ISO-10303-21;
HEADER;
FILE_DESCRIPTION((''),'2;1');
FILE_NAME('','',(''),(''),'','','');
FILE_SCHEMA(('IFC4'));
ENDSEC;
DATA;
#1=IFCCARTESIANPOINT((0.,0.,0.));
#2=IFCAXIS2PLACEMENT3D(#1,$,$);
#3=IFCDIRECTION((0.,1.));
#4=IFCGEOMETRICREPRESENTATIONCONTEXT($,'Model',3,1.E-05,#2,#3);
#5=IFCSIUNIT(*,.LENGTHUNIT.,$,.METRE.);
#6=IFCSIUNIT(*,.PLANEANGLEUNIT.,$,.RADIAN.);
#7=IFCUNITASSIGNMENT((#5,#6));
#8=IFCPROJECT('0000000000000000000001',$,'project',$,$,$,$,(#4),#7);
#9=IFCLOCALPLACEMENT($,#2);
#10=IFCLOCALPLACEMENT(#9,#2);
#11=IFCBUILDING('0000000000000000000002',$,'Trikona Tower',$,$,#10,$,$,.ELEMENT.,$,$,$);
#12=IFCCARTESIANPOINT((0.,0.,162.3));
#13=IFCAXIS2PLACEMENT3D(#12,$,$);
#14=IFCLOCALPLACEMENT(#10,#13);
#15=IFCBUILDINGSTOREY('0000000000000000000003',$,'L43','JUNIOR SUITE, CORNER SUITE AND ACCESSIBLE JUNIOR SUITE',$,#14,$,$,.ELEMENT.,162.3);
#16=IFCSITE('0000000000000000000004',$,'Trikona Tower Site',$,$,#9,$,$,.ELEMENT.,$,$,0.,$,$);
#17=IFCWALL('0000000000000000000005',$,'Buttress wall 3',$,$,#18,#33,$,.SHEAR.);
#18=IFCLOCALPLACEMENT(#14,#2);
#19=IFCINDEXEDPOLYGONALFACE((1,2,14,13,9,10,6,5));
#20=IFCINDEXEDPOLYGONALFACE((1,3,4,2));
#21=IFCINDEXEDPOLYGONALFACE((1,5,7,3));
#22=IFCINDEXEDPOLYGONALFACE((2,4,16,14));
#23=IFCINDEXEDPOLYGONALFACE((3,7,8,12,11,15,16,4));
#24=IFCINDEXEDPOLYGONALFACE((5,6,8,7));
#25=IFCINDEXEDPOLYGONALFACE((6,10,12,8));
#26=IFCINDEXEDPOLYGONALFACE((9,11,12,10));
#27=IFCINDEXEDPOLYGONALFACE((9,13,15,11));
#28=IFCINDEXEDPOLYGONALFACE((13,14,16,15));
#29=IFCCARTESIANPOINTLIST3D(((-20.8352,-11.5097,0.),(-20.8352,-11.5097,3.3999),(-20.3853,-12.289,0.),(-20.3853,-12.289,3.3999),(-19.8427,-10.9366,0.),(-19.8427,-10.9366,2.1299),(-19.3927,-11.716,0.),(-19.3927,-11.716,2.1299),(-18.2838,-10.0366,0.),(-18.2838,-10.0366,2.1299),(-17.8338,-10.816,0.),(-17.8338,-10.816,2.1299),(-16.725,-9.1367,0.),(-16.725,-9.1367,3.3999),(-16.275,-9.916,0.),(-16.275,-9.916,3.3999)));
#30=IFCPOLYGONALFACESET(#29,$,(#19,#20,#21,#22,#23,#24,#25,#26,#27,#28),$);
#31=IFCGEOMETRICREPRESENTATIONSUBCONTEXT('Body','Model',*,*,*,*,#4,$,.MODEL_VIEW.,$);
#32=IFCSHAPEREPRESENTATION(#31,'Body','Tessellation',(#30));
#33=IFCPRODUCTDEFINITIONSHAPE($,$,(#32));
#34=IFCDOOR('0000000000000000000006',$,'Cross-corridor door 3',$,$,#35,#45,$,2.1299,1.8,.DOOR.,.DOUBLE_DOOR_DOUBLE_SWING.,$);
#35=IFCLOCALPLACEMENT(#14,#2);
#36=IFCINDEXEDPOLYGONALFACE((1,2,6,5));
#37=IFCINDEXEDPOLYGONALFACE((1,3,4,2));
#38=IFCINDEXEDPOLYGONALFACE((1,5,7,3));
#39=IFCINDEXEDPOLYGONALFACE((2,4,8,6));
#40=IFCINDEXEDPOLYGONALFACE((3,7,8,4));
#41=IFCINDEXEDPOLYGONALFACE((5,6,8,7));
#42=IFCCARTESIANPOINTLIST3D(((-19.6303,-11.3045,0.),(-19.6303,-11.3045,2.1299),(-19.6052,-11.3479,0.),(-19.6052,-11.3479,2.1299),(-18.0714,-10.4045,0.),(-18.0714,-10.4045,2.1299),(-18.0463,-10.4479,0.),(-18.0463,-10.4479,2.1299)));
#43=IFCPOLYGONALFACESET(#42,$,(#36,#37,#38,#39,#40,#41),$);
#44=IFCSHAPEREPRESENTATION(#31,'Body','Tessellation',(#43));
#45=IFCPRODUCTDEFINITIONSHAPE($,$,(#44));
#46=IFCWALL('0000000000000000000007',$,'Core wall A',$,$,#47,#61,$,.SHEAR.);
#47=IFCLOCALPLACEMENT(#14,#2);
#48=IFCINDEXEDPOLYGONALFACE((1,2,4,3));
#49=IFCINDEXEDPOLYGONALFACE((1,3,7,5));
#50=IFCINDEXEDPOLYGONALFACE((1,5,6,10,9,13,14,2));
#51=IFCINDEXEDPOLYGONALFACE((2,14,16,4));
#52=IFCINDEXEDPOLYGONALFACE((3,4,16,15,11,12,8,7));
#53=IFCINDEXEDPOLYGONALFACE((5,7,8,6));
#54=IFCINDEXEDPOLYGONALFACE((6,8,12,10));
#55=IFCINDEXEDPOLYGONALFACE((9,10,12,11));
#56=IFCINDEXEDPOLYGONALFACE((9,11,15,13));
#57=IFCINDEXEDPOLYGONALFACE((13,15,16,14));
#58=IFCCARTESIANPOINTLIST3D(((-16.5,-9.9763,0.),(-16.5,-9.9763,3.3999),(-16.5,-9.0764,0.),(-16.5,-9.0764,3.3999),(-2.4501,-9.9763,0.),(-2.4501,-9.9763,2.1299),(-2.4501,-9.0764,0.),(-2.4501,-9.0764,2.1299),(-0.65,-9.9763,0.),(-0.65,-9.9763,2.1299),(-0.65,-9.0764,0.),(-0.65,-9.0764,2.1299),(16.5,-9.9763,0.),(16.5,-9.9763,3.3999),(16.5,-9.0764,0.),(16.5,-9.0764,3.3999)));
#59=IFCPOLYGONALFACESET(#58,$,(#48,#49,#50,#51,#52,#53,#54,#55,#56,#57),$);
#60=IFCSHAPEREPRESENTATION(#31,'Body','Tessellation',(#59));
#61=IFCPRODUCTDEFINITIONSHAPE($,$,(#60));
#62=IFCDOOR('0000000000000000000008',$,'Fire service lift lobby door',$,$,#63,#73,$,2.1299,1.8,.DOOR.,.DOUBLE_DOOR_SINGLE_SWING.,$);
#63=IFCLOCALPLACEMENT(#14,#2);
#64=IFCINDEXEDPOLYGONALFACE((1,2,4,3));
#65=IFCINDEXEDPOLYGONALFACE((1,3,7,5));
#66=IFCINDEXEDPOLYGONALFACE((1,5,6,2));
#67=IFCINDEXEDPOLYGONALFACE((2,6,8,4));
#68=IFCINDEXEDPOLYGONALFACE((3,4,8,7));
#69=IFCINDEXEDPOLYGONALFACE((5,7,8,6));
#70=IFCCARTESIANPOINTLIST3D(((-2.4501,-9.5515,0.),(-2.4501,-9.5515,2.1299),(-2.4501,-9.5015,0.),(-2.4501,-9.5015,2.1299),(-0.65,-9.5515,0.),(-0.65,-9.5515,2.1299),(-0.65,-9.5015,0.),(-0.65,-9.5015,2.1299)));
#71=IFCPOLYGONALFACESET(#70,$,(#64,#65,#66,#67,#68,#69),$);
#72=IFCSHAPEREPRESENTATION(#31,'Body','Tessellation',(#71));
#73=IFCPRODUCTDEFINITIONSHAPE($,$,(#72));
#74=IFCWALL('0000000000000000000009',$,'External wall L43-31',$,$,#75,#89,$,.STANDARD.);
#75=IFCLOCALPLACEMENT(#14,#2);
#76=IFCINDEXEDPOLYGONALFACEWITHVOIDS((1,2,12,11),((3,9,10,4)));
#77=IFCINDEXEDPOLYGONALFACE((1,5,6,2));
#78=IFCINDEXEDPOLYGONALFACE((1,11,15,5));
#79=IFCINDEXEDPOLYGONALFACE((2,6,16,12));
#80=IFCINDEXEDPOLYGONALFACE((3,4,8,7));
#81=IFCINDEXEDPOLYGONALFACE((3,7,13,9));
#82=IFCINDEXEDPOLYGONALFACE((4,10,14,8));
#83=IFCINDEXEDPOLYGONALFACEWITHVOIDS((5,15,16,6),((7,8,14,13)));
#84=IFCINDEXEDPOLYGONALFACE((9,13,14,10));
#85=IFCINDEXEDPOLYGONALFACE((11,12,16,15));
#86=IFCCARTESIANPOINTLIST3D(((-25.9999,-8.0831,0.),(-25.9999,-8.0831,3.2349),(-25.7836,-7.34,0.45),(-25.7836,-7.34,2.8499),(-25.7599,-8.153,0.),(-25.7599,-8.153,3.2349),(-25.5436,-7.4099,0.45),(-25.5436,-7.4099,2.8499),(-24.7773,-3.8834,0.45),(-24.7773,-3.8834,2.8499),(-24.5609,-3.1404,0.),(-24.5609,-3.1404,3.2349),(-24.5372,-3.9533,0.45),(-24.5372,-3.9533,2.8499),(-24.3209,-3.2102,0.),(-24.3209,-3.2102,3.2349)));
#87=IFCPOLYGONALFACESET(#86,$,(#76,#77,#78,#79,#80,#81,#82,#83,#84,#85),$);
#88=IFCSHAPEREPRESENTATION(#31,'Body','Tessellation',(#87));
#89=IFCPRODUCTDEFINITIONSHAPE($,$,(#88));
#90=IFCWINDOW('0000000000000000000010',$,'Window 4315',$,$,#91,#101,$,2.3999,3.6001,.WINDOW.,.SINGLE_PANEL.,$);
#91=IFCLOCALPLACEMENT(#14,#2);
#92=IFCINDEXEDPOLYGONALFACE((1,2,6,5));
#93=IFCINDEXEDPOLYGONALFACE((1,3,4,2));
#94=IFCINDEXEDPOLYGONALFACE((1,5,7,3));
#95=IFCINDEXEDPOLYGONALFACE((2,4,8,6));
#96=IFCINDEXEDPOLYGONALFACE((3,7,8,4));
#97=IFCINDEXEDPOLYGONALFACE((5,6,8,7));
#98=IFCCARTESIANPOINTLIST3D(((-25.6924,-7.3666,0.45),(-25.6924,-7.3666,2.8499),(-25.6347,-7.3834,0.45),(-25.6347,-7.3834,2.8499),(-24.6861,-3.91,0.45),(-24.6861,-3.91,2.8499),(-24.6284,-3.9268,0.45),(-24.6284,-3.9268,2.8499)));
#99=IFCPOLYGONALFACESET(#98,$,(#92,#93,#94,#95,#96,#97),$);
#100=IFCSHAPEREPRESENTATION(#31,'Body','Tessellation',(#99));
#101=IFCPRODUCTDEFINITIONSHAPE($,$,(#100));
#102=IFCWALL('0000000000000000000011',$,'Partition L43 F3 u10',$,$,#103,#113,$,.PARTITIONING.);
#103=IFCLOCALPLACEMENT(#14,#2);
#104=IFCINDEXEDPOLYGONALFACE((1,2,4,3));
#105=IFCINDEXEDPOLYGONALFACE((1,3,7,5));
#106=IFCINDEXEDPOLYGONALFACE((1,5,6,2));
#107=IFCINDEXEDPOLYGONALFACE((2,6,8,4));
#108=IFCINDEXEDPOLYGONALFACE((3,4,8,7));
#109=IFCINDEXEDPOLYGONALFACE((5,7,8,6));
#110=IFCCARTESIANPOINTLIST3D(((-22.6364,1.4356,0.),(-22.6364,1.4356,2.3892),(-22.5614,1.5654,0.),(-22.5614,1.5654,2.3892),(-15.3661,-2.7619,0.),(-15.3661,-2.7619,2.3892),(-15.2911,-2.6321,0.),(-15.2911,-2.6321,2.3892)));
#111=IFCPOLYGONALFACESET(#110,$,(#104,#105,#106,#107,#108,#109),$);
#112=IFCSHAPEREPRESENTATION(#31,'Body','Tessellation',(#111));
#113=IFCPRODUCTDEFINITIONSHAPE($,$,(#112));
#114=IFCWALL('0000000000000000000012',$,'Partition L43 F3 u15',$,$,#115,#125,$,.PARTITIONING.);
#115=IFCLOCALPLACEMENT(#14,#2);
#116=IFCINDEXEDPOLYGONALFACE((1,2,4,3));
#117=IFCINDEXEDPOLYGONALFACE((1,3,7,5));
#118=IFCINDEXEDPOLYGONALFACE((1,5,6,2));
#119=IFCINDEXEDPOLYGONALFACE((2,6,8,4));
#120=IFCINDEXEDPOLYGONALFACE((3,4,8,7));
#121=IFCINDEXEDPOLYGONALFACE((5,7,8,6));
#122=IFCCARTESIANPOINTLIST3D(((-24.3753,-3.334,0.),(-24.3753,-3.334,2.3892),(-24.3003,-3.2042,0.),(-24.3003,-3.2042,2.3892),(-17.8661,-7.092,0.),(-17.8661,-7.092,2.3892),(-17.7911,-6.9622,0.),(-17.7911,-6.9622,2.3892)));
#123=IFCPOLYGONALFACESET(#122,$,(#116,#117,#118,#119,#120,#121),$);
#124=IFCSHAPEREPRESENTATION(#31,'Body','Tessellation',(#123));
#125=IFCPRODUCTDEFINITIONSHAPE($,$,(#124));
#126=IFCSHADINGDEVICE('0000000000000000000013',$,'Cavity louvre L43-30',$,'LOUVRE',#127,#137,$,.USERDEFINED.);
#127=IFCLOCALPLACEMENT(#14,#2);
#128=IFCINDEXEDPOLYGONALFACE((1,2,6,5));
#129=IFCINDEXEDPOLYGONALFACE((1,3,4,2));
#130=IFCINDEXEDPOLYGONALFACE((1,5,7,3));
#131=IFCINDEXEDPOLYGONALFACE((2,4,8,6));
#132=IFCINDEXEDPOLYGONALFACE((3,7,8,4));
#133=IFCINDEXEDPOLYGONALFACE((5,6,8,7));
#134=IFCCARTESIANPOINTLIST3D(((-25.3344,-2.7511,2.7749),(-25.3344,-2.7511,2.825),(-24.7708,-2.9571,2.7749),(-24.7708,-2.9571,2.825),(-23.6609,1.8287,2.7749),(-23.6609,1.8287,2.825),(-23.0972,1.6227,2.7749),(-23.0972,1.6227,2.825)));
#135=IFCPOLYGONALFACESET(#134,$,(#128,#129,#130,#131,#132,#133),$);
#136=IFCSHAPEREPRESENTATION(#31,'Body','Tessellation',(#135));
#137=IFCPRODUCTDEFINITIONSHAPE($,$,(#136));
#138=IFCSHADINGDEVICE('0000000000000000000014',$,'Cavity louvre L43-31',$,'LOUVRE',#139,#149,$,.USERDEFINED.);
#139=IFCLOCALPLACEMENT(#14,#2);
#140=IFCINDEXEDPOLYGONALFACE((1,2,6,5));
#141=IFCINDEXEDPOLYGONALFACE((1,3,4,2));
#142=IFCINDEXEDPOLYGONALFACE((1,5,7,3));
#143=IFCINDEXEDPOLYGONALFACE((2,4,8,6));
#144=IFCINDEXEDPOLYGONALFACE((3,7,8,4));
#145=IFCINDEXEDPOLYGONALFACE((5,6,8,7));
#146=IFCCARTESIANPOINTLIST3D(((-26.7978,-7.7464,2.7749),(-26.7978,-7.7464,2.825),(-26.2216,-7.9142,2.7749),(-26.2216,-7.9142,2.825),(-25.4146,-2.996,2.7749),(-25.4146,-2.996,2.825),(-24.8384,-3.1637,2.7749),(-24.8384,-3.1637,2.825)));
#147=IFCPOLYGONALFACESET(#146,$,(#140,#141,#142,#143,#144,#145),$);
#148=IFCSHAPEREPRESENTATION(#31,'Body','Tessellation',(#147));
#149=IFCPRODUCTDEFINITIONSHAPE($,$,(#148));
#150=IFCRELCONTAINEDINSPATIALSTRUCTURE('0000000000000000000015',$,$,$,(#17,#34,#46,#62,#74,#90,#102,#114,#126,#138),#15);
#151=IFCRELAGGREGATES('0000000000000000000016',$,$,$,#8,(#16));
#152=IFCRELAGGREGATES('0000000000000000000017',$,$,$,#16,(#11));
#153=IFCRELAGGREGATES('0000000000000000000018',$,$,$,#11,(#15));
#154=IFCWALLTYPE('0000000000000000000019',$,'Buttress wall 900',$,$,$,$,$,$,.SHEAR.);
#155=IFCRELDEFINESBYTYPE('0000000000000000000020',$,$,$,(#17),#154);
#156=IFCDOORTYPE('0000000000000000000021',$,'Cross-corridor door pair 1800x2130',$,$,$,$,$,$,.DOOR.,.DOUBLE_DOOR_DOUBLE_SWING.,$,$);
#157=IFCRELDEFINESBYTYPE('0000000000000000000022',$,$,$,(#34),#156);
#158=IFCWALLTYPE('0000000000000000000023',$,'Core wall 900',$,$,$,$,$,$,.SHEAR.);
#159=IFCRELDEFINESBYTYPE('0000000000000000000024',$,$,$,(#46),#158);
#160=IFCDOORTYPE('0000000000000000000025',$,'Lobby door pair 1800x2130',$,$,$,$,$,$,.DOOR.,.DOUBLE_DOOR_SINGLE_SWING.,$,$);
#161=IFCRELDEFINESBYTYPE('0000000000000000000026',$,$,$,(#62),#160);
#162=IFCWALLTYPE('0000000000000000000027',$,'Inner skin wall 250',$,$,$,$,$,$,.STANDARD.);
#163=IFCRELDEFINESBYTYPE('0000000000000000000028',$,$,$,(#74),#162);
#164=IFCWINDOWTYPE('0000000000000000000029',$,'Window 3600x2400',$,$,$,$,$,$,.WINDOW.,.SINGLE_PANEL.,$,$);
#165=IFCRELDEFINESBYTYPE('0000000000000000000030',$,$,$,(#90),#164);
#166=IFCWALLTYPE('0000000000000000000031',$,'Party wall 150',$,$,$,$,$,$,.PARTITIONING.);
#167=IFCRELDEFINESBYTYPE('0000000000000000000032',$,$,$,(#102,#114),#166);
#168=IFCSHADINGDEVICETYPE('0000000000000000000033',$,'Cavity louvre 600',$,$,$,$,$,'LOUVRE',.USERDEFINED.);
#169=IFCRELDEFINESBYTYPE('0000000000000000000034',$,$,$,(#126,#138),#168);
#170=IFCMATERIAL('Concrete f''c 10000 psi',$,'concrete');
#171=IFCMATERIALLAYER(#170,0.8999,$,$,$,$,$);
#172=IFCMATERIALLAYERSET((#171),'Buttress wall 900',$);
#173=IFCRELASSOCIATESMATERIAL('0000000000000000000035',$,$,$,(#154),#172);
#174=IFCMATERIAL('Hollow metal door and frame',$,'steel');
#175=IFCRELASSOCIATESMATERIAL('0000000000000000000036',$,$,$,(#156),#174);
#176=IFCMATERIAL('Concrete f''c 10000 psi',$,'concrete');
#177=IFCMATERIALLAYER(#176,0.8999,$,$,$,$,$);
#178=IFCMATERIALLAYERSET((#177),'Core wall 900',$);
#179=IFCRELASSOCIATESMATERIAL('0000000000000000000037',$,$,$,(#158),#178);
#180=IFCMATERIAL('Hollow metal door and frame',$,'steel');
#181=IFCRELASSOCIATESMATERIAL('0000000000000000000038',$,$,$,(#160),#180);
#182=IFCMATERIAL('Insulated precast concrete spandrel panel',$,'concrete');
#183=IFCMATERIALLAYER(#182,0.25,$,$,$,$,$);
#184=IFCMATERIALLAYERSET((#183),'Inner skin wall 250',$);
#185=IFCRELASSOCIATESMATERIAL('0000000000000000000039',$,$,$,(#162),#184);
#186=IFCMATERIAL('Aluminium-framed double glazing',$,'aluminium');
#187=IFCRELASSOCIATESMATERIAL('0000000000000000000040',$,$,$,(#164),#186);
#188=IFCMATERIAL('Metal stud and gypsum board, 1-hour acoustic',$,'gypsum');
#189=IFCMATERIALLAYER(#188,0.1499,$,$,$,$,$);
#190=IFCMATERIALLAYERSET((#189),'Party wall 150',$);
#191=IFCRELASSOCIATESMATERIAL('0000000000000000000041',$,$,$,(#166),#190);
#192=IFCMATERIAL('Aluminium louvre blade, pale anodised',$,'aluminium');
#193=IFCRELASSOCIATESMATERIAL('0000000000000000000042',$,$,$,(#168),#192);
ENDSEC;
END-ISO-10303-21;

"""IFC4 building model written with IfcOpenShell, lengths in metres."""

from ifc_helpers import new_model, si_unit, direction, frame, frame_2d, origin, origin_2d, place, context, subcontext, project, spatial, rectangle, extrude, material, layer, layer_set, type_object, element, fill, save


model = new_model("IFC4")

# Units and contexts
model_context = context("Model", 3, precision=1e-05, world=origin(), true_north=direction((0.0, 1.0)))
body_context = subcontext(model_context, "Body", "Model", "MODEL_VIEW")
ifc_project = project(units=[si_unit("LENGTHUNIT", "METRE"), si_unit("PLANEANGLEUNIT", "RADIAN")], contexts=[model_context])

# Site, building, storey
site_placement = place(None, origin())
site = spatial("IfcSite", under=ifc_project, at=site_placement, Name="Trikona Tower Site", CompositionType="ELEMENT", RefElevation=0.0)
building_placement = place(site_placement, origin())
building = spatial("IfcBuilding", under=site, at=building_placement, Name="Trikona Tower", CompositionType="ELEMENT")
storey_placement = place(building_placement, frame((0.0, 0.0, 162.3)))
storey = spatial("IfcBuildingStorey", under=building, at=storey_placement, Name="L43", Description="JUNIOR SUITE, CORNER SUITE AND ACCESSIBLE JUNIOR SUITE", CompositionType="ELEMENT", Elevation=162.3)

# Walls, openings, doors
ifc_material_1 = material(Name="Concrete f'c 10000 psi", Category="concrete")
ifc_layer_1 = layer(ifc_material_1, 0.8999)
ifc_layer_set_1 = layer_set([ifc_layer_1], Name="Buttress wall 900")
wall_type_1 = type_object("IfcWallType", Name="Buttress wall 900", PredefinedType="SHEAR", material=ifc_layer_set_1)
wall_1_placement = place(storey_placement, frame((-16.5, -9.5264, 0.0), z_axis=(0.0, 0.0, 1.0), x_axis=(-0.866031, -0.49999, 0.0)))
wall_1 = element("IfcWall", 1, at=wall_1_placement, inside=storey, type_object=wall_type_1, Name="Buttress wall 3", PredefinedType="SHEAR", context=body_context, shape_type="SweptSolid", body=[
    extrude(rectangle(XDim=4.7461, YDim=0.8999, at=frame_2d((2.373, 0.0))), origin(), (0.0, 0.0, 1.0), 3.3999),
])
opening_1_placement = place(wall_1_placement, frame((1.8, 0.0, 0.0)))
opening_1 = element("IfcOpeningElement", 2, at=opening_1_placement, cuts=wall_1, PredefinedType="OPENING", context=body_context, shape_type="SweptSolid", body=[
    extrude(rectangle(XDim=1.8, YDim=2.1299, at=frame_2d((0.8999, 1.0649))), frame((0.0, 0.46, 0.0), z_axis=(0.0, -1.0, 0.0), x_axis=(1.0, 0.0, 0.0)), (0.0, 0.0, 1.0), 0.9199),
])
ifc_material_2 = material(Name="Hollow metal door and frame", Category="steel")
door_type_1 = type_object("IfcDoorType", Name="Cross-corridor door pair 1800x2130", OperationType="DOUBLE_DOOR_DOUBLE_SWING", PredefinedType="DOOR", material=ifc_material_2)
door_1_placement = place(opening_1_placement, origin())
door_1 = element("IfcDoor", 3, at=door_1_placement, inside=storey, type_object=door_type_1, Name="Cross-corridor door 3", OperationType="DOUBLE_DOOR_DOUBLE_SWING", OverallHeight=2.1299, OverallWidth=1.8, PredefinedType="DOOR", context=body_context, shape_type="SweptSolid", body=[
    extrude(rectangle(XDim=1.8, YDim=2.1299, at=frame_2d((0.8999, 1.0649))), frame((0.0, 0.0249, 0.0), z_axis=(0.0, -1.0, 0.0), x_axis=(1.0, 0.0, 0.0)), (0.0, 0.0, 1.0), 0.05),
])
fill(opening_1, door_1)
ifc_material_3 = material(Name="Concrete f'c 10000 psi", Category="concrete")
ifc_layer_2 = layer(ifc_material_3, 0.8999)
ifc_layer_set_2 = layer_set([ifc_layer_2], Name="Core wall 900")
wall_type_2 = type_object("IfcWallType", Name="Core wall 900", PredefinedType="SHEAR", material=ifc_layer_set_2)
wall_2_placement = place(storey_placement, frame((-16.5, -9.5264, 0.0), z_axis=(0.0, 0.0, 1.0), x_axis=(1.0, 0.0, 0.0)))
wall_2 = element("IfcWall", 4, at=wall_2_placement, inside=storey, type_object=wall_type_2, Name="Core wall A", PredefinedType="SHEAR", context=body_context, shape_type="SweptSolid", body=[
    extrude(rectangle(XDim=33.0, YDim=0.8999, at=frame_2d((16.5, 0.0))), origin(), (0.0, 0.0, 1.0), 3.3999),
])
opening_2_placement = place(wall_2_placement, frame((14.05, 0.0, 0.0)))
opening_2 = element("IfcOpeningElement", 5, at=opening_2_placement, cuts=wall_2, PredefinedType="OPENING", context=body_context, shape_type="SweptSolid", body=[
    extrude(rectangle(XDim=1.8, YDim=2.1299, at=frame_2d((0.8999, 1.0649))), frame((0.0, 0.46, 0.0), z_axis=(0.0, -1.0, 0.0), x_axis=(1.0, 0.0, 0.0)), (0.0, 0.0, 1.0), 0.9199),
])
ifc_material_4 = material(Name="Hollow metal door and frame", Category="steel")
door_type_2 = type_object("IfcDoorType", Name="Lobby door pair 1800x2130", OperationType="DOUBLE_DOOR_SINGLE_SWING", PredefinedType="DOOR", material=ifc_material_4)
door_2_placement = place(opening_2_placement, origin())
door_2 = element("IfcDoor", 6, at=door_2_placement, inside=storey, type_object=door_type_2, Name="Fire service lift lobby door", OperationType="DOUBLE_DOOR_SINGLE_SWING", OverallHeight=2.1299, OverallWidth=1.8, PredefinedType="DOOR", context=body_context, shape_type="SweptSolid", body=[
    extrude(rectangle(XDim=1.8, YDim=2.1299, at=frame_2d((0.8999, 1.0649))), frame((0.0, 0.0249, 0.0), z_axis=(0.0, -1.0, 0.0), x_axis=(1.0, 0.0, 0.0)), (0.0, 0.0, 1.0), 0.05),
])
fill(opening_2, door_2)

# Wall, opening, window
ifc_material_5 = material(Name="Insulated precast concrete spandrel panel", Category="concrete")
ifc_layer_3 = layer(ifc_material_5, 0.25)
ifc_layer_set_3 = layer_set([ifc_layer_3], Name="Inner skin wall 250")
wall_type_3 = type_object("IfcWallType", Name="Inner skin wall 250", PredefinedType="STANDARD", material=ifc_layer_set_3)
wall_3_placement = place(storey_placement, frame((-24.4409, -3.1753, 0.0), z_axis=(0.0, 0.0, 1.0), x_axis=(-0.279528, -0.960137, 0.0)))
wall_3 = element("IfcWall", 7, at=wall_3_placement, inside=storey, type_object=wall_type_3, Name="External wall L43-31", PredefinedType="STANDARD", context=body_context, shape_type="SweptSolid", body=[
    extrude(rectangle(XDim=5.1479, YDim=0.25, at=frame_2d((2.574, 0.0))), origin(), (0.0, 0.0, 1.0), 3.2349),
])
opening_3_placement = place(wall_3_placement, frame((0.7739, 0.0, 0.45)))
opening_3 = element("IfcOpeningElement", 8, at=opening_3_placement, cuts=wall_3, PredefinedType="OPENING", context=body_context, shape_type="SweptSolid", body=[
    extrude(rectangle(XDim=3.6001, YDim=2.3999, at=frame_2d((1.8, 1.2))), frame((0.0, 0.135, 0.0), z_axis=(0.0, -1.0, 0.0), x_axis=(1.0, 0.0, 0.0)), (0.0, 0.0, 1.0), 0.27),
])
ifc_material_6 = material(Name="Aluminium-framed double glazing", Category="aluminium")
window_type_1 = type_object("IfcWindowType", Name="Window 3600x2400", PartitioningType="SINGLE_PANEL", PredefinedType="WINDOW", material=ifc_material_6)
window_1_placement = place(opening_3_placement, origin())
window_1 = element("IfcWindow", 9, at=window_1_placement, inside=storey, type_object=window_type_1, Name="Window 4315", OverallHeight=2.3999, OverallWidth=3.6001, PartitioningType="SINGLE_PANEL", PredefinedType="WINDOW", context=body_context, shape_type="SweptSolid", body=[
    extrude(rectangle(XDim=3.6001, YDim=2.3999, at=frame_2d((1.8, 1.2))), frame((0.0, 0.03, 0.0), z_axis=(0.0, -1.0, 0.0), x_axis=(1.0, 0.0, 0.0)), (0.0, 0.0, 1.0), 0.0601),
])
fill(opening_3, window_1)

# Walls
ifc_material_7 = material(Name="Metal stud and gypsum board, 1-hour acoustic", Category="gypsum")
ifc_layer_4 = layer(ifc_material_7, 0.1499)
ifc_layer_set_4 = layer_set([ifc_layer_4], Name="Party wall 150")
wall_type_4 = type_object("IfcWallType", Name="Party wall 150", PredefinedType="PARTITIONING", material=ifc_layer_set_4)
wall_4_placement = place(storey_placement, frame((-15.3286, -2.697, 0.0), z_axis=(0.0, 0.0, 1.0), x_axis=(-0.866024, 0.500002, 0.0)))
element("IfcWall", 10, at=wall_4_placement, inside=storey, type_object=wall_type_4, Name="Partition L43 F3 u10", PredefinedType="PARTITIONING", context=body_context, shape_type="SweptSolid", body=[
    extrude(rectangle(XDim=8.395, YDim=0.1499, at=frame_2d((4.1975, 0.0))), origin(), (0.0, 0.0, 1.0), 2.3892),
])
wall_5_placement = place(storey_placement, frame((-17.8286, -7.0271, 0.0), z_axis=(0.0, 0.0, 1.0), x_axis=(-0.86603, 0.499992, 0.0)))
element("IfcWall", 11, at=wall_5_placement, inside=storey, type_object=wall_type_4, Name="Partition L43 F3 u15", PredefinedType="PARTITIONING", context=body_context, shape_type="SweptSolid", body=[
    extrude(rectangle(XDim=7.5161, YDim=0.1499, at=frame_2d((3.7581, 0.0))), origin(), (0.0, 0.0, 1.0), 2.3892),
])

# Shading devices
ifc_material_8 = material(Name="Aluminium louvre blade, pale anodised", Category="aluminium")
shading_device_type = type_object("IfcShadingDeviceType", Name="Cavity louvre 600", ElementType="LOUVRE", PredefinedType="USERDEFINED", material=ifc_material_8)
shading_device_1_placement = place(storey_placement, frame((-24.2158, -0.5642, 2.7749), z_axis=(0.0, 0.0, 1.0), x_axis=(-0.34322, -0.939255, 0.0)))
element("IfcShadingDevice", 12, at=shading_device_1_placement, inside=storey, type_object=shading_device_type, Name="Cavity louvre L43-30", ObjectType="LOUVRE", PredefinedType="USERDEFINED", context=body_context, shape_type="SweptSolid", body=[
    extrude(rectangle(XDim=4.876, YDim=0.6001, at=origin_2d()), origin(), (0.0, 0.0, 1.0), 0.05),
])
shading_device_2_placement = place(storey_placement, frame((-25.8181, -5.4551, 2.7749), z_axis=(0.0, 0.0, 1.0), x_axis=(-0.279554, -0.96013, 0.0)))
element("IfcShadingDevice", 13, at=shading_device_2_placement, inside=storey, type_object=shading_device_type, Name="Cavity louvre L43-31", ObjectType="LOUVRE", PredefinedType="USERDEFINED", context=body_context, shape_type="SweptSolid", body=[
    extrude(rectangle(XDim=4.9478, YDim=0.6001, at=origin_2d()), origin(), (0.0, 0.0, 1.0), 0.05),
])

save(model, "model.ifc")
